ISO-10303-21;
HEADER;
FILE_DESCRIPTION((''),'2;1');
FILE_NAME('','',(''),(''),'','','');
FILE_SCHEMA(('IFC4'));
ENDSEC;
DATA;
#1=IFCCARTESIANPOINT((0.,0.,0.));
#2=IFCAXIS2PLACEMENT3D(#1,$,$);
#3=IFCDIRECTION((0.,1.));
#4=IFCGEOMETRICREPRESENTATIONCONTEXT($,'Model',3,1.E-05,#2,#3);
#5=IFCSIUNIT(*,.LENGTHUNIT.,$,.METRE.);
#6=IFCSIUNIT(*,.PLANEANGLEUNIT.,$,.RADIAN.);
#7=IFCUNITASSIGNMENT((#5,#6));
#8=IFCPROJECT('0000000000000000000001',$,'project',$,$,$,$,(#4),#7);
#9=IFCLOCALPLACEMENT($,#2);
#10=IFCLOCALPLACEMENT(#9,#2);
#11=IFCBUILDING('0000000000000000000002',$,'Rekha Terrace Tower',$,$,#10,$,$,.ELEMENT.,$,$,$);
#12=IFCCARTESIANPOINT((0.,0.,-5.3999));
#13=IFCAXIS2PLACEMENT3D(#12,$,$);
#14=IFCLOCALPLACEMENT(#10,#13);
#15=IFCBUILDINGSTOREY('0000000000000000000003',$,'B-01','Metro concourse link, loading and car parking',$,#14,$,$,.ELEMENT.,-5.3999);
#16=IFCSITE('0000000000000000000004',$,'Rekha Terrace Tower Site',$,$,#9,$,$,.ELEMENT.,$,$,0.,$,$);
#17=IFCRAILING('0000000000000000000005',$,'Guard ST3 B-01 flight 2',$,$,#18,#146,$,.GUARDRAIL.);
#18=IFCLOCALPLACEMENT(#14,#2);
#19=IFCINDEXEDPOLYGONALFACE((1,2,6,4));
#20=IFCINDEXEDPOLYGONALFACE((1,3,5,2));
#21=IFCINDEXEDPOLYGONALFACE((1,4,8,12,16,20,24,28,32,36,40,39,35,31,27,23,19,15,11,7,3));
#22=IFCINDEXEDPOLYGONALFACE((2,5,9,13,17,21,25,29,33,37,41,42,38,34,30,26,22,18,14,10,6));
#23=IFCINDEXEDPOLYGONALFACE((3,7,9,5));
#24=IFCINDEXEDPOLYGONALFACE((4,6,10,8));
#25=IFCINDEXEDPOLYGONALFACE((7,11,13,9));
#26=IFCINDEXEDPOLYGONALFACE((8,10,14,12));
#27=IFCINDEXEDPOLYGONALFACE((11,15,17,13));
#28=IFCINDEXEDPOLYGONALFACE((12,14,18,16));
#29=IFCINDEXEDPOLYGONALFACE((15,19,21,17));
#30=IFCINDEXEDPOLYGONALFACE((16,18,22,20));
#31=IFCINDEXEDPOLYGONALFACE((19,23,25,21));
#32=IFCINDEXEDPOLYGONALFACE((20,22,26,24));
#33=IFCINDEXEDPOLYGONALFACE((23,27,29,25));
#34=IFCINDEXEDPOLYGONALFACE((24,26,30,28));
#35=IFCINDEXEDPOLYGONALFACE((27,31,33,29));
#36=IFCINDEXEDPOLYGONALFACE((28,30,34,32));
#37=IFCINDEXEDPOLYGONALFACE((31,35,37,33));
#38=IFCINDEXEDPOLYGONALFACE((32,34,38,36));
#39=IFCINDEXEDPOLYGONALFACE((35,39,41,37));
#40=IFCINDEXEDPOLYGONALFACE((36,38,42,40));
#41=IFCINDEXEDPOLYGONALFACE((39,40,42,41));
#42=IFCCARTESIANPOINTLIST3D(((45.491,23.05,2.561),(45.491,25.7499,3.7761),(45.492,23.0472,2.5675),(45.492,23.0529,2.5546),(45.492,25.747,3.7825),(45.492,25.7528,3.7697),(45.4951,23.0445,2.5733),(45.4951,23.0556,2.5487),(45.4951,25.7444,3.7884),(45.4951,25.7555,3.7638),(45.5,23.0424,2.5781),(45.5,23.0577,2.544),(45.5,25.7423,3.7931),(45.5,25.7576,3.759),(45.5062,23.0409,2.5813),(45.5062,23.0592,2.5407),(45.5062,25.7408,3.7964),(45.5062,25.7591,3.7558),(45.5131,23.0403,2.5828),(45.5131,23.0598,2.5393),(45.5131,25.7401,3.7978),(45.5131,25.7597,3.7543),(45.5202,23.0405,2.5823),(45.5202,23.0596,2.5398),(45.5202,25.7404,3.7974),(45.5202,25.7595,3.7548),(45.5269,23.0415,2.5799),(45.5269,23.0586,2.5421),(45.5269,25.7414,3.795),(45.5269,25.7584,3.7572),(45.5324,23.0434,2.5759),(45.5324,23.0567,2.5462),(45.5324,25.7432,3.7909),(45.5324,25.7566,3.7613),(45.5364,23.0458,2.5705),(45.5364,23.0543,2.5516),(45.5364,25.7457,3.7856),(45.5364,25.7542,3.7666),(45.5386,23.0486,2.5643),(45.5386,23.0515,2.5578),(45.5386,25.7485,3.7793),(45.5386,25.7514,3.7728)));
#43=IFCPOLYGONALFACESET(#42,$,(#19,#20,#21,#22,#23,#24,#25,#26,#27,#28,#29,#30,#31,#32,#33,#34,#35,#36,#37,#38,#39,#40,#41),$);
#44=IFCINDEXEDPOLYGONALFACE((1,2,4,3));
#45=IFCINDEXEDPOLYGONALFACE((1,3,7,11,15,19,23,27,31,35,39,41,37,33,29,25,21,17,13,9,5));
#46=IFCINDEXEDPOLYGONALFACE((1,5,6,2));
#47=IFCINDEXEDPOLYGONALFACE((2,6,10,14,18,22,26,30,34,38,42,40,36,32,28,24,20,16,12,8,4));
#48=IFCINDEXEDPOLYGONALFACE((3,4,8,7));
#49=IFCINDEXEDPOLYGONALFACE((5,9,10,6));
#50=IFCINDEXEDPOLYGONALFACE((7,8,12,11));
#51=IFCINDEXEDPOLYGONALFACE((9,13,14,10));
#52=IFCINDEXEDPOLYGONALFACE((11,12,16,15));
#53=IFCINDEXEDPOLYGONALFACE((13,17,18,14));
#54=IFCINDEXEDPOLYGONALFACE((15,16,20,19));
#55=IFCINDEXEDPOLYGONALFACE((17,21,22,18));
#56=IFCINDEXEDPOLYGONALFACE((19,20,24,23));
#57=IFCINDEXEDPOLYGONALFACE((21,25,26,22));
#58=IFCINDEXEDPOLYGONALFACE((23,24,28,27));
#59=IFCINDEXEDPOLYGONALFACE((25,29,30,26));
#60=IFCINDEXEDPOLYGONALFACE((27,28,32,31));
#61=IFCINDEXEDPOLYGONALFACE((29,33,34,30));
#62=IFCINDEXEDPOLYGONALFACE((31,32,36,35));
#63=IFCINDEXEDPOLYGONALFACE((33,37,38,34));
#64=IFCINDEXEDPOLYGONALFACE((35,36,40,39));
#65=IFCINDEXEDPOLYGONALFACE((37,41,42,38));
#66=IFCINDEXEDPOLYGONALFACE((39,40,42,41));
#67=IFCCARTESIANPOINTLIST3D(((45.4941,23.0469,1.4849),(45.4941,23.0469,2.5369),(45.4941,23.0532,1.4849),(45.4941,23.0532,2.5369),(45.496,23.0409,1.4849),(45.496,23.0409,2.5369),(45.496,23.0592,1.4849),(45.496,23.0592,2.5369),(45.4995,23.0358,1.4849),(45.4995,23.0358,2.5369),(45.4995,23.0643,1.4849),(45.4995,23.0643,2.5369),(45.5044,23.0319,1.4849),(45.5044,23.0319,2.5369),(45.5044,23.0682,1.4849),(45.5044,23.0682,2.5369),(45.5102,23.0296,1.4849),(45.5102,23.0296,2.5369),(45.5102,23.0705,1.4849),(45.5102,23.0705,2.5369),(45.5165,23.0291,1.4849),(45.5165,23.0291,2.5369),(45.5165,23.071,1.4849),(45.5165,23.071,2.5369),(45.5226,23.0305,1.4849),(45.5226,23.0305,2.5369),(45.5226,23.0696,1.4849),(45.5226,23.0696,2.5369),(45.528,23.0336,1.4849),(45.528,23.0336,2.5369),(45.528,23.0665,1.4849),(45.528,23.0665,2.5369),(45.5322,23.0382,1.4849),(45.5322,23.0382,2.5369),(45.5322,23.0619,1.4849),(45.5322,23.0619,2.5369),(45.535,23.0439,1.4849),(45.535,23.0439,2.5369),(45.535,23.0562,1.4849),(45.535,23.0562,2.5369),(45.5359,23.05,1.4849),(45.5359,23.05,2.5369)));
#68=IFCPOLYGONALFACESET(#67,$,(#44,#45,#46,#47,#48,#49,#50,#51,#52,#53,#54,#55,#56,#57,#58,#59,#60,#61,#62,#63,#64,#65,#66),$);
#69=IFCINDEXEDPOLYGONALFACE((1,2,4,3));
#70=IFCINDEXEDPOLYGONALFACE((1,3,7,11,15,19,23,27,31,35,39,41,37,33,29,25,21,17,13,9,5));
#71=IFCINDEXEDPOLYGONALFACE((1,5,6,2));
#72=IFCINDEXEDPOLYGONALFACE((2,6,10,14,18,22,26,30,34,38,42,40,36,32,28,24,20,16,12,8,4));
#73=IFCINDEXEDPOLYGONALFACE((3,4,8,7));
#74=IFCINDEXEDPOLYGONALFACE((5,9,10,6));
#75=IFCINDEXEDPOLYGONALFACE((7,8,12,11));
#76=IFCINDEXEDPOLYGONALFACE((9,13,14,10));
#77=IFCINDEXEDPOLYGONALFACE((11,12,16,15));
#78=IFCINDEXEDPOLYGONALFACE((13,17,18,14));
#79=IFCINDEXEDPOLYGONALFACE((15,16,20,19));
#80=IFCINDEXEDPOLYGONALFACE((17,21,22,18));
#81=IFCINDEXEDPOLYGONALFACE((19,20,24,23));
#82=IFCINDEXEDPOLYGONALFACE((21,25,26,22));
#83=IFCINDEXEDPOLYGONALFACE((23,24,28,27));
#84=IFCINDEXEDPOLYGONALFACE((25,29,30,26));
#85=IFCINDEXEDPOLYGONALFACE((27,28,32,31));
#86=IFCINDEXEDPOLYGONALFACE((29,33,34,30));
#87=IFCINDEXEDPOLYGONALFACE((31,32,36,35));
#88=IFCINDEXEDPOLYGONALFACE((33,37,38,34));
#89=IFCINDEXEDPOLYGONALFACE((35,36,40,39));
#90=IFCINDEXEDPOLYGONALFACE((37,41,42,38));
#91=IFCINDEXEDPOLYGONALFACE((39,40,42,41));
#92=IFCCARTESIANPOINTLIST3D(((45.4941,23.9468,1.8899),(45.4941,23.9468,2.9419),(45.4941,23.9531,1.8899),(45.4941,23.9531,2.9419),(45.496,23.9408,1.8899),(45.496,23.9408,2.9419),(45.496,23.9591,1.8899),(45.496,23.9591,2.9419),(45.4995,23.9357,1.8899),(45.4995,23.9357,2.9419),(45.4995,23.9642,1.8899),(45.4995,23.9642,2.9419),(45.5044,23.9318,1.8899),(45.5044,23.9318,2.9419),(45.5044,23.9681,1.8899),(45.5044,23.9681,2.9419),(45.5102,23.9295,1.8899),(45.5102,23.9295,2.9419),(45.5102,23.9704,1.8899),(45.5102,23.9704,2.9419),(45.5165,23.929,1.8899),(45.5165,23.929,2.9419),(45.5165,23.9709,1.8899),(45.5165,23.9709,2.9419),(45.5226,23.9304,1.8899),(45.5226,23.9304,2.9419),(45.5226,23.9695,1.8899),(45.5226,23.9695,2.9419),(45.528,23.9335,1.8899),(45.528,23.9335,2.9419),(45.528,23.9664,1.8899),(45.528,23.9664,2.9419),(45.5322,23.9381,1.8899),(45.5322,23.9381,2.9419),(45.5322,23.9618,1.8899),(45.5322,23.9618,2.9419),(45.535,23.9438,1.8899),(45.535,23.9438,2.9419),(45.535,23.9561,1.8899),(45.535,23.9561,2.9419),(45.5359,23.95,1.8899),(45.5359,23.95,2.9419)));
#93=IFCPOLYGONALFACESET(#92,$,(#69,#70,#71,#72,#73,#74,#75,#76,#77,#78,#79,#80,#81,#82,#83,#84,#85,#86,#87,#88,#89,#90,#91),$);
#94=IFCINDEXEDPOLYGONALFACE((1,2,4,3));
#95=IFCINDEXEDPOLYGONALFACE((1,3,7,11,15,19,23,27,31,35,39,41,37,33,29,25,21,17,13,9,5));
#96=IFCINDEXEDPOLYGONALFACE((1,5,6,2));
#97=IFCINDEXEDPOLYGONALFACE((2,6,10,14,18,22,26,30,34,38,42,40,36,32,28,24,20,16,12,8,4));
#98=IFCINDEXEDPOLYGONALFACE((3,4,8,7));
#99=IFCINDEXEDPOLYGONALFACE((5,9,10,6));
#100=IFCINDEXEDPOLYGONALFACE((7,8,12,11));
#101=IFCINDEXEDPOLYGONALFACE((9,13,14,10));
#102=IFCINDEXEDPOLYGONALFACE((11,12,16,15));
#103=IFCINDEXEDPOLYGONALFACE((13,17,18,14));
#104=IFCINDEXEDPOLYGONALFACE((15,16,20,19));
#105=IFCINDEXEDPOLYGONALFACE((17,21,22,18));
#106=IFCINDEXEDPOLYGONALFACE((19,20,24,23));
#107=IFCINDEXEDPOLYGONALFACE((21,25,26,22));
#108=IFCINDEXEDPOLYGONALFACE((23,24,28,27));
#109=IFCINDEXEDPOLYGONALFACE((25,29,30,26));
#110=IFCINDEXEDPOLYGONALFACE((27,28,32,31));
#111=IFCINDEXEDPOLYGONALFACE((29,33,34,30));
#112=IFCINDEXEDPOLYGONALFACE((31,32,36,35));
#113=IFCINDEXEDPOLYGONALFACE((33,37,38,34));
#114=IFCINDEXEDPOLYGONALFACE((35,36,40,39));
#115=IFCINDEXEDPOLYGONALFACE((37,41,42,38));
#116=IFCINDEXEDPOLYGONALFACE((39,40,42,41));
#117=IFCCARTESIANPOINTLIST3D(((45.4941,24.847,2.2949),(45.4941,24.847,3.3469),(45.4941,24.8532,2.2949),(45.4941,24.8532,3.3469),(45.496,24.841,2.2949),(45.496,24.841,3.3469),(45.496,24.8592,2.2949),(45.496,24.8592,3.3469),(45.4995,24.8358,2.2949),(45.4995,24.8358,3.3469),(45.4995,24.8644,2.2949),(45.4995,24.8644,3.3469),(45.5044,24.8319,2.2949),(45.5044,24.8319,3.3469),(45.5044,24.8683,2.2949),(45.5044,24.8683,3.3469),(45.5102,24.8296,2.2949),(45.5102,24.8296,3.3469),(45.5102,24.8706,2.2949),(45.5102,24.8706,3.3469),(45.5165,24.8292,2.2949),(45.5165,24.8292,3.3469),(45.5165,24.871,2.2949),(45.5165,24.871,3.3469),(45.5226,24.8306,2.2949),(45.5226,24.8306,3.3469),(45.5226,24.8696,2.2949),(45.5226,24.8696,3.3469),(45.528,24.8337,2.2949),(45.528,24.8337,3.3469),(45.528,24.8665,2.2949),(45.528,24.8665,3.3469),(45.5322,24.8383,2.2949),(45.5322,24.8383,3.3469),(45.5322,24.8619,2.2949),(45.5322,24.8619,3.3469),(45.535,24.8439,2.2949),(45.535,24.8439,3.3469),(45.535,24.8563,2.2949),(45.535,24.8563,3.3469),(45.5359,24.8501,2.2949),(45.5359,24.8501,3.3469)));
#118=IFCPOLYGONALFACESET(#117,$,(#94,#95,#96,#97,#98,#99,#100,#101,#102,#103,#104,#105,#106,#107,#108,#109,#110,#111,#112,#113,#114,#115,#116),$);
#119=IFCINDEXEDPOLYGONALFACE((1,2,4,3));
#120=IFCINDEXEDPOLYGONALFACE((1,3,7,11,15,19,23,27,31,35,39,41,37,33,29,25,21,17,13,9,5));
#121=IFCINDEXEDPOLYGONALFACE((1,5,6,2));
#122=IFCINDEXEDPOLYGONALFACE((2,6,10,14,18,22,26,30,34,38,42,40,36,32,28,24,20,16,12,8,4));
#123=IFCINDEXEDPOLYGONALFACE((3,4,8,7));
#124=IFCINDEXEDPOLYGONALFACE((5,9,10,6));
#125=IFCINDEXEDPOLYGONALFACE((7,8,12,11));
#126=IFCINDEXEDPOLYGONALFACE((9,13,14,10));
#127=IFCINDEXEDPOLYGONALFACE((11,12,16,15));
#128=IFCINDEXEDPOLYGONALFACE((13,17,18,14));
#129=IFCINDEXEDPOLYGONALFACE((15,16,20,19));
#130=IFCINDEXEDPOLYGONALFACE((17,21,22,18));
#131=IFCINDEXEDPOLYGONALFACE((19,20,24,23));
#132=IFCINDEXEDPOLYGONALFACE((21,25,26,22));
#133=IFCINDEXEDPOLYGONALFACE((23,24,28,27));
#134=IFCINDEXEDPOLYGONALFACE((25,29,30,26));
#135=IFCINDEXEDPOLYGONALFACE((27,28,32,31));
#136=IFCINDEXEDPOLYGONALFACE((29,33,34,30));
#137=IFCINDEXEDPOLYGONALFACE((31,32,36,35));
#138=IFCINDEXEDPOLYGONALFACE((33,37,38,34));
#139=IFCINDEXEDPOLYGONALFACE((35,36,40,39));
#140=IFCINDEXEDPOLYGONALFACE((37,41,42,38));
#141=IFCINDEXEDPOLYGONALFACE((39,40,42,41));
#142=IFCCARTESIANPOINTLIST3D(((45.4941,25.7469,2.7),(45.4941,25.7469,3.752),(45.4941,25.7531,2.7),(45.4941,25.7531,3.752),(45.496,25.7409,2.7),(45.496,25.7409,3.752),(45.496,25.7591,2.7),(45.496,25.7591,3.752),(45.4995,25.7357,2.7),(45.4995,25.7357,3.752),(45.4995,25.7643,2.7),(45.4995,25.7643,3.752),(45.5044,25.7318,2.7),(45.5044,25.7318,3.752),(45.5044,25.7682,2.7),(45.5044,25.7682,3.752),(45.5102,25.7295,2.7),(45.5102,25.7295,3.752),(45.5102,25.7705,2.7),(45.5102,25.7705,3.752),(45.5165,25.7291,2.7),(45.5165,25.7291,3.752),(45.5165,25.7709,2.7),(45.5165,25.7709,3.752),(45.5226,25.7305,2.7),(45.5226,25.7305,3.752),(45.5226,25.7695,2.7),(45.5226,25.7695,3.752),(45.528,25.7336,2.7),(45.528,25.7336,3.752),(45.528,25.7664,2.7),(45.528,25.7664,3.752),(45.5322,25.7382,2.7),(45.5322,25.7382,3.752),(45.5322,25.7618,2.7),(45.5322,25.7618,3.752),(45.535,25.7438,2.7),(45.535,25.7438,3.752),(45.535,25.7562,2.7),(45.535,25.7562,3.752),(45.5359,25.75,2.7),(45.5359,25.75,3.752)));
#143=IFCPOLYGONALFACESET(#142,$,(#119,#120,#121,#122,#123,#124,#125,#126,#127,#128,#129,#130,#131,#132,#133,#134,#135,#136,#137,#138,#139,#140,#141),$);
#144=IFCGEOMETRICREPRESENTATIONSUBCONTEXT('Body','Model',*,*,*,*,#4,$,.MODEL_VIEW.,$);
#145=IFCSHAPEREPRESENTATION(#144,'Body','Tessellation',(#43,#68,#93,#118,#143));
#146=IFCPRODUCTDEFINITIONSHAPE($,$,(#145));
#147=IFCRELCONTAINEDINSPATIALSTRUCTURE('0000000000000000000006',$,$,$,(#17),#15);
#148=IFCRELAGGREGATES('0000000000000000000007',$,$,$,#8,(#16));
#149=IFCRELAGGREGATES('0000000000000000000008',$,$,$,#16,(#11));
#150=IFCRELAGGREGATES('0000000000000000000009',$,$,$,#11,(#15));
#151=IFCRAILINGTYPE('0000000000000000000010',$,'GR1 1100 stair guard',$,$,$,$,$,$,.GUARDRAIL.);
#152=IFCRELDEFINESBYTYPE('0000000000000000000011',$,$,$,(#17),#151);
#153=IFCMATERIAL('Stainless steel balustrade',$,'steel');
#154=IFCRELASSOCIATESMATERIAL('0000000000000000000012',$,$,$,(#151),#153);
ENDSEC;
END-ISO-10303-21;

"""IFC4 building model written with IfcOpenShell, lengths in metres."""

from ifc_helpers import new_model, si_unit, direction, frame, origin, origin_2d, place, context, subcontext, project, spatial, circle, extrude, material, type_object, element, save


model = new_model("IFC4")

# Units and contexts
model_context = context("Model", 3, precision=1e-05, world=origin(), true_north=direction((0.0, 1.0)))
body_context = subcontext(model_context, "Body", "Model", "MODEL_VIEW")
ifc_project = project(units=[si_unit("LENGTHUNIT", "METRE"), si_unit("PLANEANGLEUNIT", "RADIAN")], contexts=[model_context])

# Site, building, storey
site_placement = place(None, origin())
site = spatial("IfcSite", under=ifc_project, at=site_placement, Name="Rekha Terrace Tower Site", CompositionType="ELEMENT", RefElevation=0.0)
building_placement = place(site_placement, origin())
building = spatial("IfcBuilding", under=site, at=building_placement, Name="Rekha Terrace Tower", CompositionType="ELEMENT")
storey_placement = place(building_placement, frame((0.0, 0.0, -5.3999)))
storey = spatial("IfcBuildingStorey", under=building, at=storey_placement, Name="B-01", Description="Metro concourse link, loading and car parking", CompositionType="ELEMENT", Elevation=-5.3999)

# Railing
ifc_material_1 = material(Name="Stainless steel balustrade", Category="steel")
railing_type_1 = type_object("IfcRailingType", Name="GR1 1100 stair guard", PredefinedType="GUARDRAIL", material=ifc_material_1)
railing_1_placement = place(storey_placement, frame((45.5149, 23.05, 1.4849)))
element("IfcRailing", 1, at=railing_1_placement, inside=storey, type_object=railing_type_1, Name="Guard ST3 B-01 flight 2", PredefinedType="GUARDRAIL", context=body_context, shape_type="SweptSolid", body=[
    extrude(circle(Radius=0.0239, at=origin_2d()), frame((0.0, 0.0, 1.0762), z_axis=(0.0, 0.911908, 0.410396), x_axis=(-1.0, 0.0, 0.0)), (0.0, 0.0, 1.0), 2.9607),
    extrude(circle(Radius=0.021, at=origin_2d()), origin(), (0.0, 0.0, 1.0), 1.052),
    extrude(circle(Radius=0.021, at=origin_2d()), frame((0.0, 0.8999, 0.405)), (0.0, 0.0, 1.0), 1.052),
    extrude(circle(Radius=0.021, at=origin_2d()), frame((0.0, 1.8, 0.8101)), (0.0, 0.0, 1.0), 1.052),
    extrude(circle(Radius=0.021, at=origin_2d()), frame((0.0, 2.7, 1.2151)), (0.0, 0.0, 1.0), 1.052),
])

save(model, "model.ifc")
